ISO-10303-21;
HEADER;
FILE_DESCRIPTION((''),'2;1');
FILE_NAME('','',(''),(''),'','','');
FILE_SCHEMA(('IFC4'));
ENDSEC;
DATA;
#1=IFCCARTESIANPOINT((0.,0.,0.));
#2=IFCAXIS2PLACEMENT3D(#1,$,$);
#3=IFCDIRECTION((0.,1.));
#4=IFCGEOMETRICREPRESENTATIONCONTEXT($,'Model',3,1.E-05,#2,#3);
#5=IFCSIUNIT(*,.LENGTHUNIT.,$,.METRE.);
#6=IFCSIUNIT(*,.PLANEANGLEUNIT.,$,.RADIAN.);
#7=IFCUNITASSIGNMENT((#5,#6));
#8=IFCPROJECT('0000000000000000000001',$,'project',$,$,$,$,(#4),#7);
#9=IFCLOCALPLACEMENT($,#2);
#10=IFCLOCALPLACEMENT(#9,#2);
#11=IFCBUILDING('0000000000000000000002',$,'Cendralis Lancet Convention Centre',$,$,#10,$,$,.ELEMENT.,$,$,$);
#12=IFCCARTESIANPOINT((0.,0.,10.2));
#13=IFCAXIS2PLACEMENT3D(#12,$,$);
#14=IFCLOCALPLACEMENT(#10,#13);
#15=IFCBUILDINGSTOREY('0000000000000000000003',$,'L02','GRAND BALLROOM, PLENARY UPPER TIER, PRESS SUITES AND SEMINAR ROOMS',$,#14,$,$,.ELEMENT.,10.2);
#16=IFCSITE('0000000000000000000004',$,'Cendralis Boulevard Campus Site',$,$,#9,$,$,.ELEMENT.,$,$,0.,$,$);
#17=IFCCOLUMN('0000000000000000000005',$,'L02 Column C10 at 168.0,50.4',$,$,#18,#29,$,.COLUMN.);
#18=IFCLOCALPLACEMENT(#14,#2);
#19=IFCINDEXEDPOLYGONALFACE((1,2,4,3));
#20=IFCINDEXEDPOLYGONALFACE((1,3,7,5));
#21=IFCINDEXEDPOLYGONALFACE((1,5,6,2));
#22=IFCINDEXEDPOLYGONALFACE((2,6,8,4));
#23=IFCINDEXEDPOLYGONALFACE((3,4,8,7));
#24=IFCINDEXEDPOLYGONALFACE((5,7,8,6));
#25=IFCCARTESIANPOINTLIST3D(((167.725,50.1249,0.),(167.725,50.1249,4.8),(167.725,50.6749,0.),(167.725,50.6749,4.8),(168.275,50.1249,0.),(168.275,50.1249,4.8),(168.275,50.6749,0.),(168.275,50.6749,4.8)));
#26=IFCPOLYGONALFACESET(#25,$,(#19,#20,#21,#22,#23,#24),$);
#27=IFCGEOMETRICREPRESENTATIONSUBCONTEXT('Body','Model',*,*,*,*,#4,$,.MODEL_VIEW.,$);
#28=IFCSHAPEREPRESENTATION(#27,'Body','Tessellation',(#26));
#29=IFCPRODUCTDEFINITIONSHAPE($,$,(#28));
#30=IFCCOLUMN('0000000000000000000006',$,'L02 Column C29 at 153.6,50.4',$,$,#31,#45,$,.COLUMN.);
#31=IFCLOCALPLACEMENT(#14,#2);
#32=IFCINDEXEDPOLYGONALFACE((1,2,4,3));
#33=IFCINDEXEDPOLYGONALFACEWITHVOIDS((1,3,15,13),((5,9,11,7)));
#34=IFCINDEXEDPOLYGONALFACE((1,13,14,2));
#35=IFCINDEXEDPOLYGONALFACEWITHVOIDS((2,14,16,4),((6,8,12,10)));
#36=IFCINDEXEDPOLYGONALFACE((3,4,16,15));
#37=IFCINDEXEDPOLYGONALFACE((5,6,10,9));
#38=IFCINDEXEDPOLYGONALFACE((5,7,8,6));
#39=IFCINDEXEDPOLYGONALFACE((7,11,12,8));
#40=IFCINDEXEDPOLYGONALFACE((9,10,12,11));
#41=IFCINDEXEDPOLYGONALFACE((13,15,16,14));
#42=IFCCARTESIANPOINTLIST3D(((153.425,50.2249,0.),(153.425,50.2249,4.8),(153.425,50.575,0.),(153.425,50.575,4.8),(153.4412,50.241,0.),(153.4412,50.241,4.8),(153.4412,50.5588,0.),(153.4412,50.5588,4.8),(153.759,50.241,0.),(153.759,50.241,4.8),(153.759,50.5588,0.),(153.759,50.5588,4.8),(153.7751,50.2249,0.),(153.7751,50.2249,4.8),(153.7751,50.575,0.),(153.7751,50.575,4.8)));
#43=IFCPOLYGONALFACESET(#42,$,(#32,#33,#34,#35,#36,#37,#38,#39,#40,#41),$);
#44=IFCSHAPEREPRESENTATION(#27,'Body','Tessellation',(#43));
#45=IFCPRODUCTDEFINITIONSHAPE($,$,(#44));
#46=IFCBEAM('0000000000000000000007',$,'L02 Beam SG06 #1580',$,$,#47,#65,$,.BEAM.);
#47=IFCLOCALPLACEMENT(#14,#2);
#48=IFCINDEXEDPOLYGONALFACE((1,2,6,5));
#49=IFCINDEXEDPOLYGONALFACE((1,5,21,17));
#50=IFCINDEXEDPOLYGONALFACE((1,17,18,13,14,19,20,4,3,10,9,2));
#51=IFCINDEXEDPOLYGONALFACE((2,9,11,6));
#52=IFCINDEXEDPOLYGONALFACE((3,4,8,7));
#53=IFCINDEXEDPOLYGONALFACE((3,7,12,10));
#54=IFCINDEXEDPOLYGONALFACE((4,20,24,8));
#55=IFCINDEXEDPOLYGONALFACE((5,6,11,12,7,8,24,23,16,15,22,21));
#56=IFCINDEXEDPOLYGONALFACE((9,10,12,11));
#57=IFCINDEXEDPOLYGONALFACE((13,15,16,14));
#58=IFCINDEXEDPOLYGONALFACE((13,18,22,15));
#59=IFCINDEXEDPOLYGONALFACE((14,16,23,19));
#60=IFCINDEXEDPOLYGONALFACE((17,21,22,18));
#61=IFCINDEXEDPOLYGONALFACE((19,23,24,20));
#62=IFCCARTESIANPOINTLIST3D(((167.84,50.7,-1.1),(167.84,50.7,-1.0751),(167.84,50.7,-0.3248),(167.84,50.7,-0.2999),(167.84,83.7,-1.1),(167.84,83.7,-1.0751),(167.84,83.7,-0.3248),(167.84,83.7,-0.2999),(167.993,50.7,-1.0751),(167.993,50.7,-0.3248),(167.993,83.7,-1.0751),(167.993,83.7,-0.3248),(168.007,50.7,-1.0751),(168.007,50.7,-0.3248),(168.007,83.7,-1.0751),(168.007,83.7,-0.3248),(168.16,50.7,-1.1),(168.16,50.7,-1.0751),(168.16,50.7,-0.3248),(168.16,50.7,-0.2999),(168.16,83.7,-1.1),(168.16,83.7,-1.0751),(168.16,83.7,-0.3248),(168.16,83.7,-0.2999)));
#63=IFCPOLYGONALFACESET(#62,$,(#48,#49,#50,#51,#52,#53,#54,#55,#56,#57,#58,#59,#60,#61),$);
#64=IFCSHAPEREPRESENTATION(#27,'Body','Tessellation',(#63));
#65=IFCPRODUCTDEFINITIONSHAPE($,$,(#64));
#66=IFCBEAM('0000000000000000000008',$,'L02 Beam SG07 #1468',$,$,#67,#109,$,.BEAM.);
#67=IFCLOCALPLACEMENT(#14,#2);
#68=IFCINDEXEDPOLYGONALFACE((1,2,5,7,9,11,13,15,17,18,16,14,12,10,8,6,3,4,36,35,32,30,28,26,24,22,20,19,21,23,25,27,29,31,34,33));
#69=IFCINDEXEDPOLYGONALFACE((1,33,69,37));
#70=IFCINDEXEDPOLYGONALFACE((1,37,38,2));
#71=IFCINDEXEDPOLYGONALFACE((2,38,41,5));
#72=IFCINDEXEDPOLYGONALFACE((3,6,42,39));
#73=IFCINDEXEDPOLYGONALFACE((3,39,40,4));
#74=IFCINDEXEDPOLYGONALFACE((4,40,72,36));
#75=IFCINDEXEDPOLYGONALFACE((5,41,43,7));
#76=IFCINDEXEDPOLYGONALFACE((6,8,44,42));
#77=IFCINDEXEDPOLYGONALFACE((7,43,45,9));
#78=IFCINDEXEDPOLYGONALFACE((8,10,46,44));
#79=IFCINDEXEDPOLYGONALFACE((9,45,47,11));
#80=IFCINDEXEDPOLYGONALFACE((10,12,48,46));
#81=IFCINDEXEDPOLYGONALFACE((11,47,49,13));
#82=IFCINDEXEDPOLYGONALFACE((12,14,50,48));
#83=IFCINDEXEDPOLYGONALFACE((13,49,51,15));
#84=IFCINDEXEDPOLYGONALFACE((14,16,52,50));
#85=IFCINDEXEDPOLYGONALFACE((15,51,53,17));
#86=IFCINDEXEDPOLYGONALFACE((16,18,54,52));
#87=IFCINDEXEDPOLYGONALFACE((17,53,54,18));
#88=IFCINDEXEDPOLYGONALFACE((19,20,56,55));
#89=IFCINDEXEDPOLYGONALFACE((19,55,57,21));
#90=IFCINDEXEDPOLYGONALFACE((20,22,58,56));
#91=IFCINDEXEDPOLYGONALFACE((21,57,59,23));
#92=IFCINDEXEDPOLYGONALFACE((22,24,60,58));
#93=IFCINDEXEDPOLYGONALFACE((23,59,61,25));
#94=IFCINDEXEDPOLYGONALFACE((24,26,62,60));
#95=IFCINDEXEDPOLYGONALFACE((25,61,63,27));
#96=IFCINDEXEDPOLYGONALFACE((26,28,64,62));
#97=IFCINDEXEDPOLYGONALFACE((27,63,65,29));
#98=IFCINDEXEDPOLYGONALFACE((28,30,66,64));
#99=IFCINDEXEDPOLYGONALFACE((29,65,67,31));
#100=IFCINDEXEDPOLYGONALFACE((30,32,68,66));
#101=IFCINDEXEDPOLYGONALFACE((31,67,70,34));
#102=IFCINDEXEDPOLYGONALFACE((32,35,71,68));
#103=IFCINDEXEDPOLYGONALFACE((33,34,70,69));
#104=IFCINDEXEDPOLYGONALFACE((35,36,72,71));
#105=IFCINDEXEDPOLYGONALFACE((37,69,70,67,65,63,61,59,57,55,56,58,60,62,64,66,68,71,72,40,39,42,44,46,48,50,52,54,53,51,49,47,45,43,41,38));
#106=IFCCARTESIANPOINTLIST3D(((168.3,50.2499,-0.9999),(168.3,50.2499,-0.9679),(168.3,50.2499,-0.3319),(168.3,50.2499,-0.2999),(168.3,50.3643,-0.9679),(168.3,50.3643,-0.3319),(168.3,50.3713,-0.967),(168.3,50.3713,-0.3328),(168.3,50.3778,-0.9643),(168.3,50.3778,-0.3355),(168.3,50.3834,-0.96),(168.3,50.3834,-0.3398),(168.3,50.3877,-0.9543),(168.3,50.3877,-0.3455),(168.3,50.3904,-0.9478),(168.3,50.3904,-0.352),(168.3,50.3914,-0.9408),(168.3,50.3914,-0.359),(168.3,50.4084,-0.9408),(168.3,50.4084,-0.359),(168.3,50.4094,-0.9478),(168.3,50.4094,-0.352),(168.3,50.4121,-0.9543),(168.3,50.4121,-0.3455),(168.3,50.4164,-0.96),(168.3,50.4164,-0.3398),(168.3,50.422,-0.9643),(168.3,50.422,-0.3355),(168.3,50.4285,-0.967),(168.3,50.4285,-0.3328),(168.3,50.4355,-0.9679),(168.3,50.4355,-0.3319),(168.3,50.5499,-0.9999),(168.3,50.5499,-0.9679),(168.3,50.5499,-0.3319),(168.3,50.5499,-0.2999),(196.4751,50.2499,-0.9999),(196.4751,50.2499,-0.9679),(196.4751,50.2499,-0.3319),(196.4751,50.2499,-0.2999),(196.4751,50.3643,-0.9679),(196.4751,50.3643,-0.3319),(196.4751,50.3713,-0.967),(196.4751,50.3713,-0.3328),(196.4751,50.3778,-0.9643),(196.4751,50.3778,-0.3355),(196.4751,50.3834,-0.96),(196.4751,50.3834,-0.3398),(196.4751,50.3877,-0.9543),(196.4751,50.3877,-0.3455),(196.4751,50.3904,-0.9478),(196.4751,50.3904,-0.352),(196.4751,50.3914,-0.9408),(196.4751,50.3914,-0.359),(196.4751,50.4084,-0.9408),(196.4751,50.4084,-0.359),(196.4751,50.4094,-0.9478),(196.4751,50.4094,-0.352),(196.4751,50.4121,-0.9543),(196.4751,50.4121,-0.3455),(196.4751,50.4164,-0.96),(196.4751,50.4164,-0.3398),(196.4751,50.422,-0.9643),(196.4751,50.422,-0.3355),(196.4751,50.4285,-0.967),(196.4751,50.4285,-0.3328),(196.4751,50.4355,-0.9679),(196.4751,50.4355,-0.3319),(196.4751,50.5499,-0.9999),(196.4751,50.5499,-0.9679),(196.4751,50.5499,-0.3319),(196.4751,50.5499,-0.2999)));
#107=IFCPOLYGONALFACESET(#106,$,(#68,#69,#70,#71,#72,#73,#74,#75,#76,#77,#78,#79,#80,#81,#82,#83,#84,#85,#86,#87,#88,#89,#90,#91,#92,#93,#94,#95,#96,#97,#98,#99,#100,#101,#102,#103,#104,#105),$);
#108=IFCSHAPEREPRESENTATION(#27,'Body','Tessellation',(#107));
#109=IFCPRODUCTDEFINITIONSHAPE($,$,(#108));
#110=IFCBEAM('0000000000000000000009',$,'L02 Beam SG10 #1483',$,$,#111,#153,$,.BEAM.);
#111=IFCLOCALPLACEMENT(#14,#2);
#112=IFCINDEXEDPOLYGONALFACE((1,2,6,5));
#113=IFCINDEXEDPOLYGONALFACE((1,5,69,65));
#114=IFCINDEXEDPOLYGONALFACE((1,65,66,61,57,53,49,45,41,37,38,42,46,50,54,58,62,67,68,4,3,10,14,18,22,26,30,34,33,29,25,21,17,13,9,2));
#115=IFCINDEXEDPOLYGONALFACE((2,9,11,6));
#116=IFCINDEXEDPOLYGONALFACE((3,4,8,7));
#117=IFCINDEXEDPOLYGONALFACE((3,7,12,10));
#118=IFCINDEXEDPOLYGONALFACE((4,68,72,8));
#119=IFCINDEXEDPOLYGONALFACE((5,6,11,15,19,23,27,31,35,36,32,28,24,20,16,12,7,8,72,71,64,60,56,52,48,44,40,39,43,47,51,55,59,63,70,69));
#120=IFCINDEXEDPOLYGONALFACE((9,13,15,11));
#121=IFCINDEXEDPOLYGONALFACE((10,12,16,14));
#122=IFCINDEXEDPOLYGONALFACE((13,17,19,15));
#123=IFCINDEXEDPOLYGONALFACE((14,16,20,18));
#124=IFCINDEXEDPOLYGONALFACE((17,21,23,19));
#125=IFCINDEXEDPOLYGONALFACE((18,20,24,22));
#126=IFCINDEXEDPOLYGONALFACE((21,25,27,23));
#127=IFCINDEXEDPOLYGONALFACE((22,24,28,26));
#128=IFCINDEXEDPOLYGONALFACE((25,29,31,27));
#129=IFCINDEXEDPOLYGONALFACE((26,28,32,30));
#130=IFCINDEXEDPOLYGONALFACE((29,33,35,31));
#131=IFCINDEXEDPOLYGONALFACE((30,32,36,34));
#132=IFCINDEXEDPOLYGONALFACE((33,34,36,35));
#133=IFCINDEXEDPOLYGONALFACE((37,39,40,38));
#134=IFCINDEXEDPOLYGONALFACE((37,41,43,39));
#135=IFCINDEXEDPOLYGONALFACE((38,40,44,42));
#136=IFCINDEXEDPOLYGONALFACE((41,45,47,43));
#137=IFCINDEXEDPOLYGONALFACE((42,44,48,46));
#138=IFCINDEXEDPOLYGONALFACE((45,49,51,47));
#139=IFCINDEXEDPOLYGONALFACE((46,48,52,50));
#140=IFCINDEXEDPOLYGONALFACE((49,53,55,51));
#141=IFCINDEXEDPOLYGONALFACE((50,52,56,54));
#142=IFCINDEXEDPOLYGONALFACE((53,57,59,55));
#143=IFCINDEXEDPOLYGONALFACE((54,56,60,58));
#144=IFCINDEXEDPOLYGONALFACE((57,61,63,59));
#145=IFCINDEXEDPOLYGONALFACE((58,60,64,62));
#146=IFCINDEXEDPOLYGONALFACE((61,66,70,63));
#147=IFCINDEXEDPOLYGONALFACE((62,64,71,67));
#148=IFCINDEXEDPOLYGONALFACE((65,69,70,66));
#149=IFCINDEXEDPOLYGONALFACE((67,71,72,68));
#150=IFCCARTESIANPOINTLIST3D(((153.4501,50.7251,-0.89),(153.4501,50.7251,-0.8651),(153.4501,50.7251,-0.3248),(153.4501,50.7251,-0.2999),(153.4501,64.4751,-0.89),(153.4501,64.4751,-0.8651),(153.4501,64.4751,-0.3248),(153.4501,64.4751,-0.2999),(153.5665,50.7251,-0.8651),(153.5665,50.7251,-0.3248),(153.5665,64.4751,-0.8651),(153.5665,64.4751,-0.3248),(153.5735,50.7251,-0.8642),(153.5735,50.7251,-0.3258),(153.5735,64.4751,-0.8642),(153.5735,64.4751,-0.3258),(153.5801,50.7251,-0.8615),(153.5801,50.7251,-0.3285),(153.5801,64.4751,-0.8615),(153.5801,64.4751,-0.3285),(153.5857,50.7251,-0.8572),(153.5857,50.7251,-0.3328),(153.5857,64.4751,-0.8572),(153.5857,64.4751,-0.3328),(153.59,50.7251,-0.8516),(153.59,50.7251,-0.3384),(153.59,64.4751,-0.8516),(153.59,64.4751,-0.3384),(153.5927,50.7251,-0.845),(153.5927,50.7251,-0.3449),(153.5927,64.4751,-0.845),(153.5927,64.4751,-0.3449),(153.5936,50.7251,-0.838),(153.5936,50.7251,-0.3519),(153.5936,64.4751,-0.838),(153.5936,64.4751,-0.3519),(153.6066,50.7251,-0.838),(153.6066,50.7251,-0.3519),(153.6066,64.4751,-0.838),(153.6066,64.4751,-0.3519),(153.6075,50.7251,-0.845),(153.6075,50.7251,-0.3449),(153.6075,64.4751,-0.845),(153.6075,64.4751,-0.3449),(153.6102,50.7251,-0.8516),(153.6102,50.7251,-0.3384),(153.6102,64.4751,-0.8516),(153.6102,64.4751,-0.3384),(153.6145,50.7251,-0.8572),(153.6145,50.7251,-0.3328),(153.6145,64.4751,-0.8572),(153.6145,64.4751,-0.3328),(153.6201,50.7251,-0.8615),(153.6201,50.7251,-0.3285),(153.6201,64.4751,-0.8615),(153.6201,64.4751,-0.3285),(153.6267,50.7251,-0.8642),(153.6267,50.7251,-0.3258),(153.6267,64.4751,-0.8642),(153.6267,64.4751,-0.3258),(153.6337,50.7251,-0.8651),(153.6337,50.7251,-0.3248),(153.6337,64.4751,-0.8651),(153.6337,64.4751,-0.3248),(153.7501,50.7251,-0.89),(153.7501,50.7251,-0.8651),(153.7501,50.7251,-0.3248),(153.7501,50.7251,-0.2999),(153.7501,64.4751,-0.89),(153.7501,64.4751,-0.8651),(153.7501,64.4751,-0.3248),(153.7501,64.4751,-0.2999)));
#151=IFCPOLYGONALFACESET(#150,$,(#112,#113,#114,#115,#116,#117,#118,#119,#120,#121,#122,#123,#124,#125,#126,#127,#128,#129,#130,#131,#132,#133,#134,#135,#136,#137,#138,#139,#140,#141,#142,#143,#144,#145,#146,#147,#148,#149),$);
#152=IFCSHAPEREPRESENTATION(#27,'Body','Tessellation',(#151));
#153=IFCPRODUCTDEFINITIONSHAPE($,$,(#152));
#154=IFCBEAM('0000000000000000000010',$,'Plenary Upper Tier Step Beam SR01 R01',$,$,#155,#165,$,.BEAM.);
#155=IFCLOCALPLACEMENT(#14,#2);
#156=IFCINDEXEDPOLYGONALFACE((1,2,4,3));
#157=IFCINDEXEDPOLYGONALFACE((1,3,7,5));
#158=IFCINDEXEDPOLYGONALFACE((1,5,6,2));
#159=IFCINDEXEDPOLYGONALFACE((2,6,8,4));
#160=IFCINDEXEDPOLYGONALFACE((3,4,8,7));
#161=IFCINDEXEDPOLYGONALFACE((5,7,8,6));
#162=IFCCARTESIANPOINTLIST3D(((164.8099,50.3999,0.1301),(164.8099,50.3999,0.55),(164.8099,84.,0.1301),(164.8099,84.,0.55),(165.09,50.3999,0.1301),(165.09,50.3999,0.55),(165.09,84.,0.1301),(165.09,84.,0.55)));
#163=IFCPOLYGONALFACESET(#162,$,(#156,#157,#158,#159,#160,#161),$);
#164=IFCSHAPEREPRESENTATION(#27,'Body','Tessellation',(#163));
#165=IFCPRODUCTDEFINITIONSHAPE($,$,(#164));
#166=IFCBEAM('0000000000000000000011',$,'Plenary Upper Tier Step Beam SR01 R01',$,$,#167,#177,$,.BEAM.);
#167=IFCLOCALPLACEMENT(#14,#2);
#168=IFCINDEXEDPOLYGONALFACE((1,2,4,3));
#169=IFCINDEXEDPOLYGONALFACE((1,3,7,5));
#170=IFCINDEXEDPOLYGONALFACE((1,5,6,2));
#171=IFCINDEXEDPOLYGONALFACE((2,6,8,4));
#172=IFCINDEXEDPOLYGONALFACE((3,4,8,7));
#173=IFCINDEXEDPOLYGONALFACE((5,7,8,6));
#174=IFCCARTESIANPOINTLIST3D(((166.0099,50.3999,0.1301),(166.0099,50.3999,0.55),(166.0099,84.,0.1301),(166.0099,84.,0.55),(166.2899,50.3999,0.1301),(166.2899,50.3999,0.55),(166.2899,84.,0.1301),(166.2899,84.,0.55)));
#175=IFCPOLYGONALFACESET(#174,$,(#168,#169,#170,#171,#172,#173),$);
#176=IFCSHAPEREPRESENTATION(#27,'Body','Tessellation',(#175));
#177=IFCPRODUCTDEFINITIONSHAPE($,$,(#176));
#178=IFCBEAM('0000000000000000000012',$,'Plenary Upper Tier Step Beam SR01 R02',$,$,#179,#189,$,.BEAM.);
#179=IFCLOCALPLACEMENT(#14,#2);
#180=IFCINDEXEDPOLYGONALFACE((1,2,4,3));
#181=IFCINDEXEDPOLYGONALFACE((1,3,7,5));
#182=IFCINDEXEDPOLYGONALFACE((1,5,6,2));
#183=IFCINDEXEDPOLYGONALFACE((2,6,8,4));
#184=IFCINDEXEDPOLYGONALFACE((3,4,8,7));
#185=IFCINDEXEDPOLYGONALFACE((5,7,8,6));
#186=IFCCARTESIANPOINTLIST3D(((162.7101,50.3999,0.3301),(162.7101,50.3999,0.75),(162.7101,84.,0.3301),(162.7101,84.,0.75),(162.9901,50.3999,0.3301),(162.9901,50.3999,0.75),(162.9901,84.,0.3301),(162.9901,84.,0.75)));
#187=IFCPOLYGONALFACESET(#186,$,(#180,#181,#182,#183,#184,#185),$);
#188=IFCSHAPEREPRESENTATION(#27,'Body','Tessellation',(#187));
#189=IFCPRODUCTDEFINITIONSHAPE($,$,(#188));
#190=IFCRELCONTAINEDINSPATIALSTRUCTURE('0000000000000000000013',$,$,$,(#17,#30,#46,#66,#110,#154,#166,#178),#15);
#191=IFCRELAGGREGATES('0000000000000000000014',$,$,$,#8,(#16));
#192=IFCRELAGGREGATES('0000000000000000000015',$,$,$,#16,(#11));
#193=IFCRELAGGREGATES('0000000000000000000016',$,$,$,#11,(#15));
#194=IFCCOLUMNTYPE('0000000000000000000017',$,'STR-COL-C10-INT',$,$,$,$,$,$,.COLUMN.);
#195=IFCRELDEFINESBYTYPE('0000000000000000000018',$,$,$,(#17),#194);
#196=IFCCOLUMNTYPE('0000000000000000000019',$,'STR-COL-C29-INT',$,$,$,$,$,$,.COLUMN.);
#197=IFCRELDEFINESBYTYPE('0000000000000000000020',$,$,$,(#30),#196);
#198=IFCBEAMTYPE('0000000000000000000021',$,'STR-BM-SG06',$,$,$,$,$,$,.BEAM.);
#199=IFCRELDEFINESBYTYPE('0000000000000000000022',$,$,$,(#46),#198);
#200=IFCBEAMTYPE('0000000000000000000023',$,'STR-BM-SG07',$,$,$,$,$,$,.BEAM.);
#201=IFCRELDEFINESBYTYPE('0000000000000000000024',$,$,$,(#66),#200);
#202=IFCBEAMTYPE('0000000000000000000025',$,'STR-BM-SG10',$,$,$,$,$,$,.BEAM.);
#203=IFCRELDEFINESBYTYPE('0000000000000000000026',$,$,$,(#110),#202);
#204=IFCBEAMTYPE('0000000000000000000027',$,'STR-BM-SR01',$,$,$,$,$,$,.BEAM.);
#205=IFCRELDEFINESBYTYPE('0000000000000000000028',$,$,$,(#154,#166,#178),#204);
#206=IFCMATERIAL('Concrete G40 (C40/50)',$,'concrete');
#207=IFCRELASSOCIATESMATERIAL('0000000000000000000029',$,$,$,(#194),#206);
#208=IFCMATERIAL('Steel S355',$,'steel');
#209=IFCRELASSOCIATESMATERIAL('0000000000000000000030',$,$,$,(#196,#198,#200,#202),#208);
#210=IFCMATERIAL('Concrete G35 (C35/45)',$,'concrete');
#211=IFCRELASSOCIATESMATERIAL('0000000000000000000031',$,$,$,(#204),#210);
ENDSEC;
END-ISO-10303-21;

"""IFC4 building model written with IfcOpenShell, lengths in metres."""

from ifc_helpers import new_model, si_unit, direction, frame, origin, origin_2d, place, context, subcontext, project, spatial, rectangle, hollow_rectangle, i_section, extrude, material, material_profile, profile_set, type_object, element, save


model = new_model("IFC4")

# Units and contexts
model_context = context("Model", 3, precision=1e-05, world=origin(), true_north=direction((0.0, 1.0)))
body_context = subcontext(model_context, "Body", "Model", "MODEL_VIEW")
ifc_project = project(units=[si_unit("LENGTHUNIT", "METRE"), si_unit("PLANEANGLEUNIT", "RADIAN")], contexts=[model_context])

# Site, building, storey
site_placement = place(None, origin())
site = spatial("IfcSite", under=ifc_project, at=site_placement, Name="Cendralis Boulevard Campus Site", CompositionType="ELEMENT", RefElevation=0.0)
building_placement = place(site_placement, origin())
building = spatial("IfcBuilding", under=site, at=building_placement, Name="Cendralis Lancet Convention Centre", CompositionType="ELEMENT")
storey_placement = place(building_placement, frame((0.0, 0.0, 10.2)))
storey = spatial("IfcBuildingStorey", under=building, at=storey_placement, Name="L02", Description="GRAND BALLROOM, PLENARY UPPER TIER, PRESS SUITES AND SEMINAR ROOMS", CompositionType="ELEMENT", Elevation=10.2)

# Columns
ifc_material_1 = material(Name="Concrete G40 (C40/50)", Category="concrete")
ifc_material_profile_1 = material_profile(ifc_material_1, rectangle(XDim=0.55, YDim=0.55, at=origin_2d()), Name="RC 550x550")
ifc_profile_set_1 = profile_set([ifc_material_profile_1], Name="Concrete G40 (C40/50)")
column_type_1 = type_object("IfcColumnType", Name="STR-COL-C10-INT", PredefinedType="COLUMN", material=ifc_profile_set_1)
column_1_placement = place(storey_placement, frame((168.0, 50.3999, 0.0), z_axis=(0.0, 0.0, 1.0), x_axis=(1.0, 0.0, 0.0)))
element("IfcColumn", 1, at=column_1_placement, inside=storey, type_object=column_type_1, Name="L02 Column C10 at 168.0,50.4", PredefinedType="COLUMN", context=body_context, shape_type="SweptSolid", body=[
    extrude(rectangle(XDim=0.55, YDim=0.55, at=origin_2d()), origin(), (0.0, 0.0, 1.0), 4.8),
])
ifc_material_2 = material(Name="Steel S355", Category="steel")
ifc_material_profile_2 = material_profile(ifc_material_2, hollow_rectangle(XDim=0.3501, YDim=0.3501, WallThickness=0.0161, at=origin_2d()), Name="SHS 350x350x16.0")
ifc_profile_set_2 = profile_set([ifc_material_profile_2], Name="Steel S355")
column_type_2 = type_object("IfcColumnType", Name="STR-COL-C29-INT", PredefinedType="COLUMN", material=ifc_profile_set_2)
column_2_placement = place(storey_placement, frame((153.6001, 50.3999, 0.0), z_axis=(0.0, 0.0, 1.0), x_axis=(1.0, 0.0, 0.0)))
element("IfcColumn", 2, at=column_2_placement, inside=storey, type_object=column_type_2, Name="L02 Column C29 at 153.6,50.4", PredefinedType="COLUMN", context=body_context, shape_type="SweptSolid", body=[
    extrude(hollow_rectangle(XDim=0.3501, YDim=0.3501, WallThickness=0.0161, at=origin_2d()), origin(), (0.0, 0.0, 1.0), 4.8),
])

# Beams
ifc_material_profile_3 = material_profile(ifc_material_2, i_section(OverallWidth=0.3201, OverallDepth=0.8, WebThickness=0.0139, FlangeThickness=0.0249, at=origin_2d()), Name="PG 800x320")
ifc_profile_set_3 = profile_set([ifc_material_profile_3], Name="Steel S355")
beam_type_1 = type_object("IfcBeamType", Name="STR-BM-SG06", PredefinedType="BEAM", material=ifc_profile_set_3)
beam_1_placement = place(storey_placement, frame((168.0, 50.7, -0.7), z_axis=(0.0, 1.0, 0.0), x_axis=(-1.0, 0.0, 0.0)))
element("IfcBeam", 3, at=beam_1_placement, inside=storey, type_object=beam_type_1, Name="L02 Beam SG06 #1580", PredefinedType="BEAM", context=body_context, shape_type="SweptSolid", body=[
    extrude(i_section(OverallWidth=0.3201, OverallDepth=0.8, WebThickness=0.0139, FlangeThickness=0.0249, at=origin_2d()), origin(), (0.0, 0.0, 1.0), 33.0),
])
ifc_material_profile_4 = material_profile(ifc_material_2, i_section(OverallWidth=0.3, OverallDepth=0.7, WebThickness=0.0171, FlangeThickness=0.032, FilletRadius=0.0271, at=origin_2d()), Name="HEB 700")
ifc_profile_set_4 = profile_set([ifc_material_profile_4], Name="Steel S355")
beam_type_2 = type_object("IfcBeamType", Name="STR-BM-SG07", PredefinedType="BEAM", material=ifc_profile_set_4)
beam_2_placement = place(storey_placement, frame((168.3, 50.3999, -0.6499), z_axis=(1.0, 0.0, 0.0), x_axis=(0.0, 1.0, 0.0)))
element("IfcBeam", 4, at=beam_2_placement, inside=storey, type_object=beam_type_2, Name="L02 Beam SG07 #1468", PredefinedType="BEAM", context=body_context, shape_type="SweptSolid", body=[
    extrude(i_section(OverallWidth=0.3, OverallDepth=0.7, WebThickness=0.0171, FlangeThickness=0.032, FilletRadius=0.0271, at=origin_2d()), origin(), (0.0, 0.0, 1.0), 28.175),
])
ifc_material_profile_5 = material_profile(ifc_material_2, i_section(OverallWidth=0.3, OverallDepth=0.5901, WebThickness=0.0129, FlangeThickness=0.0249, FilletRadius=0.0271, at=origin_2d()), Name="HEA 600")
ifc_profile_set_5 = profile_set([ifc_material_profile_5], Name="Steel S355")
beam_type_3 = type_object("IfcBeamType", Name="STR-BM-SG10", PredefinedType="BEAM", material=ifc_profile_set_5)
beam_3_placement = place(storey_placement, frame((153.6001, 50.7251, -0.595), z_axis=(0.0, 1.0, 0.0), x_axis=(-1.0, 0.0, 0.0)))
element("IfcBeam", 5, at=beam_3_placement, inside=storey, type_object=beam_type_3, Name="L02 Beam SG10 #1483", PredefinedType="BEAM", context=body_context, shape_type="SweptSolid", body=[
    extrude(i_section(OverallWidth=0.3, OverallDepth=0.5901, WebThickness=0.0129, FlangeThickness=0.0249, FilletRadius=0.0271, at=origin_2d()), origin(), (0.0, 0.0, 1.0), 13.75),
])
ifc_material_3 = material(Name="Concrete G35 (C35/45)", Category="concrete")
ifc_material_profile_6 = material_profile(ifc_material_3, rectangle(XDim=0.28, YDim=0.4199, at=origin_2d()), Name="RCB 280x420")
ifc_profile_set_6 = profile_set([ifc_material_profile_6], Name="Concrete G35 (C35/45)")
beam_type_4 = type_object("IfcBeamType", Name="STR-BM-SR01", PredefinedType="BEAM", material=ifc_profile_set_6)
for number, where, z_axis, x_axis, name in (
    (6, (164.95, 50.3999, 0.3401), (0.0, 1.0, 0.0), (-1.0, 0.0, 0.0), "Plenary Upper Tier Step Beam SR01 R01"),
    (7, (166.1499, 50.3999, 0.3401), (0.0, 1.0, 0.0), (-1.0, 0.0, 0.0), "Plenary Upper Tier Step Beam SR01 R01"),
    (8, (162.8501, 50.3999, 0.54), (0.0, 1.0, 0.0), (-1.0, 0.0, 0.0), "Plenary Upper Tier Step Beam SR01 R02"),
):
    element("IfcBeam", number, at=place(storey_placement, frame(where, z_axis=z_axis, x_axis=x_axis)), inside=storey, type_object=beam_type_4, Name=name, PredefinedType="BEAM", context=body_context, shape_type="SweptSolid", body=[
        extrude(rectangle(XDim=0.28, YDim=0.4199, at=origin_2d()), origin(), (0.0, 0.0, 1.0), 33.6001),
    ])

save(model, "model.ifc")
